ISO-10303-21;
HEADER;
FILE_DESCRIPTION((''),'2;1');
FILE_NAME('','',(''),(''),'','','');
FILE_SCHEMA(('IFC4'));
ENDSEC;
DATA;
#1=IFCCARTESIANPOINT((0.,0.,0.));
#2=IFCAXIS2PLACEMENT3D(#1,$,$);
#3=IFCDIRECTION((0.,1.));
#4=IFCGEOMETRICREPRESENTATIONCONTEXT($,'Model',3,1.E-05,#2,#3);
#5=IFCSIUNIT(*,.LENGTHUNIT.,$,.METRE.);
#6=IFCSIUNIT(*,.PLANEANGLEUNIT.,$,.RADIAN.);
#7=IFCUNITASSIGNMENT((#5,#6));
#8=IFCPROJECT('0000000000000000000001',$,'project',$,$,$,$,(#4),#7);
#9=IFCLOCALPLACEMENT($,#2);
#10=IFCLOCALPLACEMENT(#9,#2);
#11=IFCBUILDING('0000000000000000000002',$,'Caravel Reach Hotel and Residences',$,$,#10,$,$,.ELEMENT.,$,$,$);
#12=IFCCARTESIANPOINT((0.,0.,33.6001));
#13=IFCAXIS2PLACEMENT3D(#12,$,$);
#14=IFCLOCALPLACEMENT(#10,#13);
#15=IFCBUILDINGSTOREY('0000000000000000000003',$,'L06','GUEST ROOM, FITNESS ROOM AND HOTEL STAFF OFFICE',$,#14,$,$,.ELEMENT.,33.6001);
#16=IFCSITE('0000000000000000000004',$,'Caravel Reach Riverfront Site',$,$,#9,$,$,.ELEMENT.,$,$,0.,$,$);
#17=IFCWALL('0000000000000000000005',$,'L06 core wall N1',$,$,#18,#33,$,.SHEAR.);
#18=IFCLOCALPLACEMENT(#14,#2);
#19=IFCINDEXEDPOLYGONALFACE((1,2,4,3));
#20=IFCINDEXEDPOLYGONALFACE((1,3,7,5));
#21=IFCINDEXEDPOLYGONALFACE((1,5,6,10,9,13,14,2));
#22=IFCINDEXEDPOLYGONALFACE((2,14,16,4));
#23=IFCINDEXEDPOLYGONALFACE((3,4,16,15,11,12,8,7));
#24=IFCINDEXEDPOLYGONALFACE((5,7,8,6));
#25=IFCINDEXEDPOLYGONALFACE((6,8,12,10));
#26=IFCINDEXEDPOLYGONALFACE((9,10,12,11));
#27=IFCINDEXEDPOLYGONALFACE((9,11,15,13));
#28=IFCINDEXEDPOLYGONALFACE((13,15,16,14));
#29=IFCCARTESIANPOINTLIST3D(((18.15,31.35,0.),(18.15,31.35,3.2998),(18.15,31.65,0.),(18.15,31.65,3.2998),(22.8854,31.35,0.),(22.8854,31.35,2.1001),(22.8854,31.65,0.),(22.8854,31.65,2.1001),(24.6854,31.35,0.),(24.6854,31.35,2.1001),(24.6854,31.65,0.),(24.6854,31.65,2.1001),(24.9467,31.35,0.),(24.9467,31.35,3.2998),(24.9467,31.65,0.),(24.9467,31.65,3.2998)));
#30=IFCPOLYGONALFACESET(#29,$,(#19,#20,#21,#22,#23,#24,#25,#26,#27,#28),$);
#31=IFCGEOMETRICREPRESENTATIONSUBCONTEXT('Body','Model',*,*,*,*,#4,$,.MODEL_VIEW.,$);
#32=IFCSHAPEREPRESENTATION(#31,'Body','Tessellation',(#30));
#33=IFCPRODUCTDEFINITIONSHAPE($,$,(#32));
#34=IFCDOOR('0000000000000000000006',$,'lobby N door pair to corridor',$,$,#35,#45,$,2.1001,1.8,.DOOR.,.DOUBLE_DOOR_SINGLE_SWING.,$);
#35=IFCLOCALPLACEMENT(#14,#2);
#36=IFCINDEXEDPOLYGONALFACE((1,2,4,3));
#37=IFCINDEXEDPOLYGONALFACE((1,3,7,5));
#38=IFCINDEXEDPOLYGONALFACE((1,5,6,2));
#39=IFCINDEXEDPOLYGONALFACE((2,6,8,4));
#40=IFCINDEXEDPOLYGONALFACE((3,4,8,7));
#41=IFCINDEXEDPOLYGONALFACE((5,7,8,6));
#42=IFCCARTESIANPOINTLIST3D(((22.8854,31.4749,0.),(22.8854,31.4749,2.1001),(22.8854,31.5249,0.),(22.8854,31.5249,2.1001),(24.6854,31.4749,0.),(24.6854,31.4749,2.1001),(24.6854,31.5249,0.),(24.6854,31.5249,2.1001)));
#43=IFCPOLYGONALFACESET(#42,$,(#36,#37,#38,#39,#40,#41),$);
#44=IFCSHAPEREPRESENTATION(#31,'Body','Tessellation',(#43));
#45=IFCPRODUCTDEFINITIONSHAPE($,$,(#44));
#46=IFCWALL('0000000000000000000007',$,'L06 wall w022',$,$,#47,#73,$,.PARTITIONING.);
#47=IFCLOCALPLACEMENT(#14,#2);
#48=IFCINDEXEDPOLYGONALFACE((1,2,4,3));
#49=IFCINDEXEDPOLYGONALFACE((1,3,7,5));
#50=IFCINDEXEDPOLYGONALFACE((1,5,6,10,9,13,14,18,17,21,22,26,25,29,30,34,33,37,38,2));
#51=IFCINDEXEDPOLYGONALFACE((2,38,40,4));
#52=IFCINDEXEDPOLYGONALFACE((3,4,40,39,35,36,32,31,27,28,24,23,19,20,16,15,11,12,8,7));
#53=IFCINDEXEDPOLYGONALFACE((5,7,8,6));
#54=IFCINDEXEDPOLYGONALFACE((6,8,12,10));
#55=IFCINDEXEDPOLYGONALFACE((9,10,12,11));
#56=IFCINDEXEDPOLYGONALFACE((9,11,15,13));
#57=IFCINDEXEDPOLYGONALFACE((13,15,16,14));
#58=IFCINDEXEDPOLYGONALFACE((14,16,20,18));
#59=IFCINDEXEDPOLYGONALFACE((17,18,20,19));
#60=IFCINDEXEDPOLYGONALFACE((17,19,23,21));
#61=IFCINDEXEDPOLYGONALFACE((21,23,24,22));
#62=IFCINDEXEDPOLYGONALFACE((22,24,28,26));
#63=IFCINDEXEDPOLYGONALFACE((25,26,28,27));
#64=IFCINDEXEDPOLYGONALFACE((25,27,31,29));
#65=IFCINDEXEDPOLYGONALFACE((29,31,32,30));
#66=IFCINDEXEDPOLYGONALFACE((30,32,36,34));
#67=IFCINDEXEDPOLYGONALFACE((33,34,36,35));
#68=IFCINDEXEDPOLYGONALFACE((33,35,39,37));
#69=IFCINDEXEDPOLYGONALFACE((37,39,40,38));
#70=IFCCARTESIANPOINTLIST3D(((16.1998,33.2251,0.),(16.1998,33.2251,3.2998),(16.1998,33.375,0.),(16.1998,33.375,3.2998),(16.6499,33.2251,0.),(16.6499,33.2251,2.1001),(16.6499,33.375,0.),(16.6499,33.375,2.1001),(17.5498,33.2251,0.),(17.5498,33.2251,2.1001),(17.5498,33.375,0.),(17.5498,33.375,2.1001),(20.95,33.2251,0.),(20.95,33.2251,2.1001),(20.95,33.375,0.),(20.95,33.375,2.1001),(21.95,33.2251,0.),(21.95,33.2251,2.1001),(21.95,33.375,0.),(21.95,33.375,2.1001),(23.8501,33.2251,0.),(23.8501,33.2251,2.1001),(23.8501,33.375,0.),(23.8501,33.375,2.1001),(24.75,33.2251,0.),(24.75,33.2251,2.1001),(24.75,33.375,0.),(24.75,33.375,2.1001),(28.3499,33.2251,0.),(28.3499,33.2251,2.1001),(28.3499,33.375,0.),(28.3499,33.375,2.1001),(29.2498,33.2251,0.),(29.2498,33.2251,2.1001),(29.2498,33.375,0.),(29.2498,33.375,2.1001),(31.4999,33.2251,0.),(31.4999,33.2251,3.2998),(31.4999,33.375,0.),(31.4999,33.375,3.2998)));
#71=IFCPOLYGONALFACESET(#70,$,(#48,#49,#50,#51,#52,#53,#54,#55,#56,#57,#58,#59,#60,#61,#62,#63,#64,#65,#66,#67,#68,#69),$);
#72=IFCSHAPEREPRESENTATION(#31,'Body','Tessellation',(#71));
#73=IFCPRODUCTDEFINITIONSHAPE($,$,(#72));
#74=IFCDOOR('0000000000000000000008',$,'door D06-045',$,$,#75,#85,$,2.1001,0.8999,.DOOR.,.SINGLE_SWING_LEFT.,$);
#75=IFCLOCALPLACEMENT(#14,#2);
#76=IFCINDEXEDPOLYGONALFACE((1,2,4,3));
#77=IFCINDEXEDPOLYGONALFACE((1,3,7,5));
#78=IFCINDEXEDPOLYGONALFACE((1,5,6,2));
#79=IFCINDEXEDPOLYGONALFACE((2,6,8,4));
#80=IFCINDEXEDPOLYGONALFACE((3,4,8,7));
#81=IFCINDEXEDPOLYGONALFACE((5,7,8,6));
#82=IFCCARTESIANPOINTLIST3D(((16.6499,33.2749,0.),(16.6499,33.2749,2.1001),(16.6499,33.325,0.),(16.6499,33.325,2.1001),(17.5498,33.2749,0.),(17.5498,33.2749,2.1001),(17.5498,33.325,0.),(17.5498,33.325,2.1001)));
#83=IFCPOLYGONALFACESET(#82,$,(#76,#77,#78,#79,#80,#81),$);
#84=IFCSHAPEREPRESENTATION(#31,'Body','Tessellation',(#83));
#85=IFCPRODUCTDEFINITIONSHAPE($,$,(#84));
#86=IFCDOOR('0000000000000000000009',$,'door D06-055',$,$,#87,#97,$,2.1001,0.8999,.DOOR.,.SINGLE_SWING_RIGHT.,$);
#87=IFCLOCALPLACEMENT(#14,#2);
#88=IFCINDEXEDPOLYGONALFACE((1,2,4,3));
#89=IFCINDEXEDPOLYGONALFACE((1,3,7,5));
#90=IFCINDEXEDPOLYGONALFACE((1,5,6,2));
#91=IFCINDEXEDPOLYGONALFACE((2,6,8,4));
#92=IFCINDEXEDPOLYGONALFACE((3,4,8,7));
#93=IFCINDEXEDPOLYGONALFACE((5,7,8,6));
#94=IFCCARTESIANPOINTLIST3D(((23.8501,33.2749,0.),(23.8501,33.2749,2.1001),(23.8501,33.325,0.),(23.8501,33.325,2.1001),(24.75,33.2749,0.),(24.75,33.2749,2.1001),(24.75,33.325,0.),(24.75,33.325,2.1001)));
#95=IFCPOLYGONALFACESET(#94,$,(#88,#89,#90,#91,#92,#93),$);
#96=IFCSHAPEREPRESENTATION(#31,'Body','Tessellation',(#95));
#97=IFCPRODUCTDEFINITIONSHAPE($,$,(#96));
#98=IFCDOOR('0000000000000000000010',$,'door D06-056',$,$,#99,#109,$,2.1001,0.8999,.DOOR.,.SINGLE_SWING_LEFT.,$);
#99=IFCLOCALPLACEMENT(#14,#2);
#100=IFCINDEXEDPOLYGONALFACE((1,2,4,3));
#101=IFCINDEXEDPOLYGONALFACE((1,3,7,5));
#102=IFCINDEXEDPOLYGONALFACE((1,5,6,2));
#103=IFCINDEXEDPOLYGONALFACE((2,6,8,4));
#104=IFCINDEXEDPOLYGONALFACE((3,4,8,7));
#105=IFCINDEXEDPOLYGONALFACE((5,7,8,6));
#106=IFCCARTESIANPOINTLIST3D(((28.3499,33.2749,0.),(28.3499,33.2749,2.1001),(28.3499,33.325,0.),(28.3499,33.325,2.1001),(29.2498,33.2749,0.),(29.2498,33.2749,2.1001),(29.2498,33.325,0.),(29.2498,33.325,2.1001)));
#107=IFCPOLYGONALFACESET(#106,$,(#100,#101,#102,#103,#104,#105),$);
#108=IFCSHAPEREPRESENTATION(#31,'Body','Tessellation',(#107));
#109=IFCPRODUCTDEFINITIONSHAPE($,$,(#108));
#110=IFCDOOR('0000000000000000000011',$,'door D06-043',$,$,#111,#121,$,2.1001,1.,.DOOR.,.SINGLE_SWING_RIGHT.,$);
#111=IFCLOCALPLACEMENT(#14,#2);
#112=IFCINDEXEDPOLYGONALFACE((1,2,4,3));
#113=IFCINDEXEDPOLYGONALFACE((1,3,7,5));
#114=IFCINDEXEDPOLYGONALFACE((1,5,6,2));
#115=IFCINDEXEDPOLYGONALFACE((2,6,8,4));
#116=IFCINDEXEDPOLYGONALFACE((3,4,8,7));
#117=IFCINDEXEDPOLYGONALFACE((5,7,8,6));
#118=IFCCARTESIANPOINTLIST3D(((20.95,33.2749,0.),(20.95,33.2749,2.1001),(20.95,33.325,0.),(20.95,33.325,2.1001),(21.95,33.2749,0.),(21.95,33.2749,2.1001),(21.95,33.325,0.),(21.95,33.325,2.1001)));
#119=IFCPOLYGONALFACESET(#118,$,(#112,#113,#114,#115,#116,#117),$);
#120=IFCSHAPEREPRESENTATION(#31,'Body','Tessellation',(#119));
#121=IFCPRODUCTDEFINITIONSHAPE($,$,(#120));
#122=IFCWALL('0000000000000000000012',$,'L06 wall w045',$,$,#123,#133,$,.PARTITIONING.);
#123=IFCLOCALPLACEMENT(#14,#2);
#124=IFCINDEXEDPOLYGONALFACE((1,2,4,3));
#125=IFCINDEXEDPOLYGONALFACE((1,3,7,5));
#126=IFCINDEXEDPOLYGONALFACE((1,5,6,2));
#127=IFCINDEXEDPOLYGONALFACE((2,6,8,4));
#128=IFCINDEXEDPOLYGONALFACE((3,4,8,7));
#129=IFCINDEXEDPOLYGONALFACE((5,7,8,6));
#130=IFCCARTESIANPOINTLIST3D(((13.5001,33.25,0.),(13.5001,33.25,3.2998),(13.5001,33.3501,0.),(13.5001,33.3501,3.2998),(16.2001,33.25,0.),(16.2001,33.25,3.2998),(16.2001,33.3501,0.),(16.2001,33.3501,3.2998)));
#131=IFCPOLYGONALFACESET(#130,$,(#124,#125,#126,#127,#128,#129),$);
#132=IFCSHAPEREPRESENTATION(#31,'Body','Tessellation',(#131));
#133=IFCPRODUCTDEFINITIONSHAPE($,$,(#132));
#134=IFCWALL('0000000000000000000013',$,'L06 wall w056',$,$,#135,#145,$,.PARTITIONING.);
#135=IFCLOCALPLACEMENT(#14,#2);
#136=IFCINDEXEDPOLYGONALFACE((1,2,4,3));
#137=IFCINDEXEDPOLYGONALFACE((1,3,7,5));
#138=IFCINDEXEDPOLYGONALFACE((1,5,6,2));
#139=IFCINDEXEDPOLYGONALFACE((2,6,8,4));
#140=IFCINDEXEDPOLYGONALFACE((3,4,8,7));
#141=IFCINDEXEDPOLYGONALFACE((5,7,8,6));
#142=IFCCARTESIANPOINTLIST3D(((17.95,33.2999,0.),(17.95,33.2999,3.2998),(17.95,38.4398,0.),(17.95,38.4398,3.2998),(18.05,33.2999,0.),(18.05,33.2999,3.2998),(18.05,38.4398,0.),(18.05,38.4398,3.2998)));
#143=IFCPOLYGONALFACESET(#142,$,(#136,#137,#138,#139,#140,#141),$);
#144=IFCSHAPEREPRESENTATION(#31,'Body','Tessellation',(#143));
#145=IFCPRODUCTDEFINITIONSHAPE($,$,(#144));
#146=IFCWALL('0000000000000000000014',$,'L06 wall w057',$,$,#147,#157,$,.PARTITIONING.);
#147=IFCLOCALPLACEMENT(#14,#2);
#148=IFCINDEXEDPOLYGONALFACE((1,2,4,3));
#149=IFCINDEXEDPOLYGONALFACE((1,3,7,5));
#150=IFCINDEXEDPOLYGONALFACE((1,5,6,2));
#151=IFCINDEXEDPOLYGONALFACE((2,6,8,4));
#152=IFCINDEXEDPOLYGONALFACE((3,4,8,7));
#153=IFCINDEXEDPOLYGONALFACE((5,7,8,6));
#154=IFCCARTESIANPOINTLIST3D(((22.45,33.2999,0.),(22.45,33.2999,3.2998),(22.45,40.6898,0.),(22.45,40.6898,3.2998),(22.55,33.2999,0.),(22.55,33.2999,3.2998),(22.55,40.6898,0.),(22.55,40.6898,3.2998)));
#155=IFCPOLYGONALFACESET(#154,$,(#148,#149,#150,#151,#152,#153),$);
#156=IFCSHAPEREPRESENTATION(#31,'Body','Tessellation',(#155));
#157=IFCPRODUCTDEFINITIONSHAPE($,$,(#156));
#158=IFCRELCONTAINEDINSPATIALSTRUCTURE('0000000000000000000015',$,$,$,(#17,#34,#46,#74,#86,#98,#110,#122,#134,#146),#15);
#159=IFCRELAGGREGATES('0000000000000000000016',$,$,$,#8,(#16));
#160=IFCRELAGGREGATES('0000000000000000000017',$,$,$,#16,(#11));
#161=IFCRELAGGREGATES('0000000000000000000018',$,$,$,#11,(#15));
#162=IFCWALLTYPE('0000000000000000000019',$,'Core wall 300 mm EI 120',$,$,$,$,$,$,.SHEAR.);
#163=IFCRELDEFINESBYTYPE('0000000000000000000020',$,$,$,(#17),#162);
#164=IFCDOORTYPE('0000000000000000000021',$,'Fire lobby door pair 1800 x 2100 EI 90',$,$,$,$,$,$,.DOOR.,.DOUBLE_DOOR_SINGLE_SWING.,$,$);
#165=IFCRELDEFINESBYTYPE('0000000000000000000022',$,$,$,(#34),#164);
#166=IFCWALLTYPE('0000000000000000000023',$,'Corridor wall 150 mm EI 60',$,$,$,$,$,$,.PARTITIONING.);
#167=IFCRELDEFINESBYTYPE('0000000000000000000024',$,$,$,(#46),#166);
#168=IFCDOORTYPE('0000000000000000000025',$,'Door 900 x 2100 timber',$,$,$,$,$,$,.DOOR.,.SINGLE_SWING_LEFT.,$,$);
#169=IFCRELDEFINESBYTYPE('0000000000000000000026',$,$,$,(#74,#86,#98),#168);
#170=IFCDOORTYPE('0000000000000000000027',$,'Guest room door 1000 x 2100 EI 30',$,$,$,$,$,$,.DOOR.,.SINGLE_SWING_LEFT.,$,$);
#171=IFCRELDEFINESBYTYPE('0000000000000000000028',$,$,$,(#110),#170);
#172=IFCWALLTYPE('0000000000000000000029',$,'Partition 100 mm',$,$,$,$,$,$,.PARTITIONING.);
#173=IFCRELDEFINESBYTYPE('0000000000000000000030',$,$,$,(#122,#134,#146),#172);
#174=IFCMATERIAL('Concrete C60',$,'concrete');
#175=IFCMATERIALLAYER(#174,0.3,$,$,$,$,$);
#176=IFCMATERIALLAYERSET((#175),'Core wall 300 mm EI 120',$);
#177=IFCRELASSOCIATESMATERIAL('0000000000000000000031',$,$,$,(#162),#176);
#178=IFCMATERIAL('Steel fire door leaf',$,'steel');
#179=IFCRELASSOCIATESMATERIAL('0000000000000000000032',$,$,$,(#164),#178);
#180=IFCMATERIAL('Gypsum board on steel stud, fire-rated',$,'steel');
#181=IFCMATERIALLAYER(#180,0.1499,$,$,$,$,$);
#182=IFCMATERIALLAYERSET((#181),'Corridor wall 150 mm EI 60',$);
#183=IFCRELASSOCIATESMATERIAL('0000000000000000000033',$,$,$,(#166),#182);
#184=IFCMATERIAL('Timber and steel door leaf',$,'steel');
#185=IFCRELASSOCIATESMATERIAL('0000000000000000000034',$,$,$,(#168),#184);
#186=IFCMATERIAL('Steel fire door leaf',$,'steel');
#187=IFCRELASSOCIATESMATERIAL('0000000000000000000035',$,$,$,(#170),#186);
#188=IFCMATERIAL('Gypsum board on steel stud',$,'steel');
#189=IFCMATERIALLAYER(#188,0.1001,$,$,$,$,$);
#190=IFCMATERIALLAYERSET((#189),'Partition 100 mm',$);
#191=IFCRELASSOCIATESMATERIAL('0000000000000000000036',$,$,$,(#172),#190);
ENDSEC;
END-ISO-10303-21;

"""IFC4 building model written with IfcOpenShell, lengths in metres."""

from ifc_helpers import new_model, si_unit, direction, frame, frame_2d, origin, place, context, subcontext, project, spatial, rectangle, extrude, material, layer, layer_set, type_object, element, fill, save


model = new_model("IFC4")

# Units and contexts
model_context = context("Model", 3, precision=1e-05, world=origin(), true_north=direction((0.0, 1.0)))
body_context = subcontext(model_context, "Body", "Model", "MODEL_VIEW")
ifc_project = project(units=[si_unit("LENGTHUNIT", "METRE"), si_unit("PLANEANGLEUNIT", "RADIAN")], contexts=[model_context])

# Site, building, storey
site_placement = place(None, origin())
site = spatial("IfcSite", under=ifc_project, at=site_placement, Name="Caravel Reach Riverfront Site", CompositionType="ELEMENT", RefElevation=0.0)
building_placement = place(site_placement, origin())
building = spatial("IfcBuilding", under=site, at=building_placement, Name="Caravel Reach Hotel and Residences", CompositionType="ELEMENT")
storey_placement = place(building_placement, frame((0.0, 0.0, 33.6001)))
storey = spatial("IfcBuildingStorey", under=building, at=storey_placement, Name="L06", Description="GUEST ROOM, FITNESS ROOM AND HOTEL STAFF OFFICE", CompositionType="ELEMENT", Elevation=33.6001)

# Wall, opening, door
ifc_material_1 = material(Name="Concrete C60", Category="concrete")
ifc_layer_1 = layer(ifc_material_1, 0.3)
ifc_layer_set_1 = layer_set([ifc_layer_1], Name="Core wall 300 mm EI 120")
wall_type_1 = type_object("IfcWallType", Name="Core wall 300 mm EI 120", PredefinedType="SHEAR", material=ifc_layer_set_1)
wall_1_placement = place(storey_placement, frame((18.1499, 31.5, 0.0), z_axis=(0.0, 0.0, 1.0), x_axis=(1.0, 0.0, 0.0)))
wall_1 = element("IfcWall", 1, at=wall_1_placement, inside=storey, type_object=wall_type_1, Name="L06 core wall N1", PredefinedType="SHEAR", context=body_context, shape_type="SweptSolid", body=[
    extrude(rectangle(XDim=6.7966, YDim=0.3, at=frame_2d((3.3984, 0.0))), origin(), (0.0, 0.0, 1.0), 3.2998),
])
opening_1_placement = place(wall_1_placement, frame((4.7356, 0.0, 0.0)))
opening_1 = element("IfcOpeningElement", 2, at=opening_1_placement, cuts=wall_1, PredefinedType="OPENING", context=body_context, shape_type="SweptSolid", body=[
    extrude(rectangle(XDim=1.8, YDim=2.1001, at=frame_2d((0.8999, 1.05))), frame((0.0, 0.1599, 0.0), z_axis=(0.0, -1.0, 0.0), x_axis=(1.0, 0.0, 0.0)), (0.0, 0.0, 1.0), 0.3201),
])
ifc_material_2 = material(Name="Steel fire door leaf", Category="steel")
door_type_1 = type_object("IfcDoorType", Name="Fire lobby door pair 1800 x 2100 EI 90", OperationType="DOUBLE_DOOR_SINGLE_SWING", PredefinedType="DOOR", material=ifc_material_2)
door_1_placement = place(opening_1_placement, origin())
door_1 = element("IfcDoor", 3, at=door_1_placement, inside=storey, type_object=door_type_1, Name="lobby N door pair to corridor", OperationType="DOUBLE_DOOR_SINGLE_SWING", OverallHeight=2.1001, OverallWidth=1.8, PredefinedType="DOOR", context=body_context, shape_type="SweptSolid", body=[
    extrude(rectangle(XDim=1.8, YDim=2.1001, at=frame_2d((0.8999, 1.05))), frame((0.0, 0.0249, 0.0), z_axis=(0.0, -1.0, 0.0), x_axis=(1.0, 0.0, 0.0)), (0.0, 0.0, 1.0), 0.05),
])
fill(opening_1, door_1)

# Wall, openings, doors
ifc_material_3 = material(Name="Gypsum board on steel stud, fire-rated", Category="steel")
ifc_layer_2 = layer(ifc_material_3, 0.1499)
ifc_layer_set_2 = layer_set([ifc_layer_2], Name="Corridor wall 150 mm EI 60")
wall_type_2 = type_object("IfcWallType", Name="Corridor wall 150 mm EI 60", PredefinedType="PARTITIONING", material=ifc_layer_set_2)
wall_2_placement = place(storey_placement, frame((16.2, 33.3, 0.0), z_axis=(0.0, 0.0, 1.0), x_axis=(1.0, 0.0, 0.0)))
wall_2 = element("IfcWall", 4, at=wall_2_placement, inside=storey, type_object=wall_type_2, Name="L06 wall w022", PredefinedType="PARTITIONING", context=body_context, shape_type="SweptSolid", body=[
    extrude(rectangle(XDim=15.3, YDim=0.1499, at=frame_2d((7.6499, 0.0))), origin(), (0.0, 0.0, 1.0), 3.2998),
])
opening_2_placement = place(wall_2_placement, frame((4.75, 0.0, 0.0)))
opening_2 = element("IfcOpeningElement", 5, at=opening_2_placement, cuts=wall_2, PredefinedType="OPENING", context=body_context, shape_type="SweptSolid", body=[
    extrude(rectangle(XDim=1.0, YDim=2.1001, at=frame_2d((0.5, 1.05))), frame((0.0, 0.085, 0.0), z_axis=(0.0, -1.0, 0.0), x_axis=(1.0, 0.0, 0.0)), (0.0, 0.0, 1.0), 0.1699),
])
opening_3_placement = place(wall_2_placement, frame((0.45, 0.0, 0.0)))
opening_3 = element("IfcOpeningElement", 6, at=opening_3_placement, cuts=wall_2, PredefinedType="OPENING", context=body_context, shape_type="SweptSolid", body=[
    extrude(rectangle(XDim=0.8999, YDim=2.1001, at=frame_2d((0.45, 1.05))), frame((0.0, 0.085, 0.0), z_axis=(0.0, -1.0, 0.0), x_axis=(1.0, 0.0, 0.0)), (0.0, 0.0, 1.0), 0.1699),
])
opening_4_placement = place(wall_2_placement, frame((7.6501, 0.0, 0.0)))
opening_4 = element("IfcOpeningElement", 7, at=opening_4_placement, cuts=wall_2, PredefinedType="OPENING", context=body_context, shape_type="SweptSolid", body=[
    extrude(rectangle(XDim=0.8999, YDim=2.1001, at=frame_2d((0.45, 1.05))), frame((0.0, 0.085, 0.0), z_axis=(0.0, -1.0, 0.0), x_axis=(1.0, 0.0, 0.0)), (0.0, 0.0, 1.0), 0.1699),
])
opening_5_placement = place(wall_2_placement, frame((12.1499, 0.0, 0.0)))
opening_5 = element("IfcOpeningElement", 8, at=opening_5_placement, cuts=wall_2, PredefinedType="OPENING", context=body_context, shape_type="SweptSolid", body=[
    extrude(rectangle(XDim=0.8999, YDim=2.1001, at=frame_2d((0.45, 1.05))), frame((0.0, 0.085, 0.0), z_axis=(0.0, -1.0, 0.0), x_axis=(1.0, 0.0, 0.0)), (0.0, 0.0, 1.0), 0.1699),
])
ifc_material_4 = material(Name="Timber and steel door leaf", Category="steel")
door_type_2 = type_object("IfcDoorType", Name="Door 900 x 2100 timber", OperationType="SINGLE_SWING_LEFT", PredefinedType="DOOR", material=ifc_material_4)
door_2_placement = place(opening_3_placement, origin())
door_2 = element("IfcDoor", 9, at=door_2_placement, inside=storey, type_object=door_type_2, Name="door D06-045", OperationType="SINGLE_SWING_LEFT", OverallHeight=2.1001, OverallWidth=0.8999, PredefinedType="DOOR", context=body_context, shape_type="SweptSolid", body=[
    extrude(rectangle(XDim=0.8999, YDim=2.1001, at=frame_2d((0.45, 1.05))), frame((0.0, 0.0249, 0.0), z_axis=(0.0, -1.0, 0.0), x_axis=(1.0, 0.0, 0.0)), (0.0, 0.0, 1.0), 0.05),
])
fill(opening_3, door_2)
door_3_placement = place(opening_4_placement, origin())
door_3 = element("IfcDoor", 10, at=door_3_placement, inside=storey, type_object=door_type_2, Name="door D06-055", OperationType="SINGLE_SWING_RIGHT", OverallHeight=2.1001, OverallWidth=0.8999, PredefinedType="DOOR", context=body_context, shape_type="SweptSolid", body=[
    extrude(rectangle(XDim=0.8999, YDim=2.1001, at=frame_2d((0.45, 1.05))), frame((0.0, 0.0249, 0.0), z_axis=(0.0, -1.0, 0.0), x_axis=(1.0, 0.0, 0.0)), (0.0, 0.0, 1.0), 0.05),
])
fill(opening_4, door_3)
door_4_placement = place(opening_5_placement, origin())
door_4 = element("IfcDoor", 11, at=door_4_placement, inside=storey, type_object=door_type_2, Name="door D06-056", OperationType="SINGLE_SWING_LEFT", OverallHeight=2.1001, OverallWidth=0.8999, PredefinedType="DOOR", context=body_context, shape_type="SweptSolid", body=[
    extrude(rectangle(XDim=0.8999, YDim=2.1001, at=frame_2d((0.45, 1.05))), frame((0.0, 0.0249, 0.0), z_axis=(0.0, -1.0, 0.0), x_axis=(1.0, 0.0, 0.0)), (0.0, 0.0, 1.0), 0.05),
])
fill(opening_5, door_4)
ifc_material_5 = material(Name="Steel fire door leaf", Category="steel")
door_type_3 = type_object("IfcDoorType", Name="Guest room door 1000 x 2100 EI 30", OperationType="SINGLE_SWING_LEFT", PredefinedType="DOOR", material=ifc_material_5)
door_5_placement = place(opening_2_placement, origin())
door_5 = element("IfcDoor", 12, at=door_5_placement, inside=storey, type_object=door_type_3, Name="door D06-043", OperationType="SINGLE_SWING_RIGHT", OverallHeight=2.1001, OverallWidth=1.0, PredefinedType="DOOR", context=body_context, shape_type="SweptSolid", body=[
    extrude(rectangle(XDim=1.0, YDim=2.1001, at=frame_2d((0.5, 1.05))), frame((0.0, 0.0249, 0.0), z_axis=(0.0, -1.0, 0.0), x_axis=(1.0, 0.0, 0.0)), (0.0, 0.0, 1.0), 0.05),
])
fill(opening_2, door_5)

# Walls
ifc_material_6 = material(Name="Gypsum board on steel stud", Category="steel")
ifc_layer_3 = layer(ifc_material_6, 0.1001)
ifc_layer_set_3 = layer_set([ifc_layer_3], Name="Partition 100 mm")
wall_type_3 = type_object("IfcWallType", Name="Partition 100 mm", PredefinedType="PARTITIONING", material=ifc_layer_set_3)
wall_3_placement = place(storey_placement, frame((13.5, 33.3, 0.0), z_axis=(0.0, 0.0, 1.0), x_axis=(1.0, 0.0, 0.0)))
element("IfcWall", 13, at=wall_3_placement, inside=storey, type_object=wall_type_3, Name="L06 wall w045", PredefinedType="PARTITIONING", context=body_context, shape_type="SweptSolid", body=[
    extrude(rectangle(XDim=2.7, YDim=0.1001, at=frame_2d((1.3501, 0.0))), origin(), (0.0, 0.0, 1.0), 3.2998),
])
wall_4_placement = place(storey_placement, frame((18.0, 33.3, 0.0), z_axis=(0.0, 0.0, 1.0), x_axis=(0.0, 1.0, 0.0)))
element("IfcWall", 14, at=wall_4_placement, inside=storey, type_object=wall_type_3, Name="L06 wall w056", PredefinedType="PARTITIONING", context=body_context, shape_type="SweptSolid", body=[
    extrude(rectangle(XDim=5.1399, YDim=0.1001, at=frame_2d((2.5698, 0.0))), origin(), (0.0, 0.0, 1.0), 3.2998),
])
wall_5_placement = place(storey_placement, frame((22.5, 33.3, 0.0), z_axis=(0.0, 0.0, 1.0), x_axis=(0.0, 1.0, 0.0)))
element("IfcWall", 15, at=wall_5_placement, inside=storey, type_object=wall_type_3, Name="L06 wall w057", PredefinedType="PARTITIONING", context=body_context, shape_type="SweptSolid", body=[
    extrude(rectangle(XDim=7.3899, YDim=0.1001, at=frame_2d((3.6948, 0.0))), origin(), (0.0, 0.0, 1.0), 3.2998),
])

save(model, "model.ifc")
